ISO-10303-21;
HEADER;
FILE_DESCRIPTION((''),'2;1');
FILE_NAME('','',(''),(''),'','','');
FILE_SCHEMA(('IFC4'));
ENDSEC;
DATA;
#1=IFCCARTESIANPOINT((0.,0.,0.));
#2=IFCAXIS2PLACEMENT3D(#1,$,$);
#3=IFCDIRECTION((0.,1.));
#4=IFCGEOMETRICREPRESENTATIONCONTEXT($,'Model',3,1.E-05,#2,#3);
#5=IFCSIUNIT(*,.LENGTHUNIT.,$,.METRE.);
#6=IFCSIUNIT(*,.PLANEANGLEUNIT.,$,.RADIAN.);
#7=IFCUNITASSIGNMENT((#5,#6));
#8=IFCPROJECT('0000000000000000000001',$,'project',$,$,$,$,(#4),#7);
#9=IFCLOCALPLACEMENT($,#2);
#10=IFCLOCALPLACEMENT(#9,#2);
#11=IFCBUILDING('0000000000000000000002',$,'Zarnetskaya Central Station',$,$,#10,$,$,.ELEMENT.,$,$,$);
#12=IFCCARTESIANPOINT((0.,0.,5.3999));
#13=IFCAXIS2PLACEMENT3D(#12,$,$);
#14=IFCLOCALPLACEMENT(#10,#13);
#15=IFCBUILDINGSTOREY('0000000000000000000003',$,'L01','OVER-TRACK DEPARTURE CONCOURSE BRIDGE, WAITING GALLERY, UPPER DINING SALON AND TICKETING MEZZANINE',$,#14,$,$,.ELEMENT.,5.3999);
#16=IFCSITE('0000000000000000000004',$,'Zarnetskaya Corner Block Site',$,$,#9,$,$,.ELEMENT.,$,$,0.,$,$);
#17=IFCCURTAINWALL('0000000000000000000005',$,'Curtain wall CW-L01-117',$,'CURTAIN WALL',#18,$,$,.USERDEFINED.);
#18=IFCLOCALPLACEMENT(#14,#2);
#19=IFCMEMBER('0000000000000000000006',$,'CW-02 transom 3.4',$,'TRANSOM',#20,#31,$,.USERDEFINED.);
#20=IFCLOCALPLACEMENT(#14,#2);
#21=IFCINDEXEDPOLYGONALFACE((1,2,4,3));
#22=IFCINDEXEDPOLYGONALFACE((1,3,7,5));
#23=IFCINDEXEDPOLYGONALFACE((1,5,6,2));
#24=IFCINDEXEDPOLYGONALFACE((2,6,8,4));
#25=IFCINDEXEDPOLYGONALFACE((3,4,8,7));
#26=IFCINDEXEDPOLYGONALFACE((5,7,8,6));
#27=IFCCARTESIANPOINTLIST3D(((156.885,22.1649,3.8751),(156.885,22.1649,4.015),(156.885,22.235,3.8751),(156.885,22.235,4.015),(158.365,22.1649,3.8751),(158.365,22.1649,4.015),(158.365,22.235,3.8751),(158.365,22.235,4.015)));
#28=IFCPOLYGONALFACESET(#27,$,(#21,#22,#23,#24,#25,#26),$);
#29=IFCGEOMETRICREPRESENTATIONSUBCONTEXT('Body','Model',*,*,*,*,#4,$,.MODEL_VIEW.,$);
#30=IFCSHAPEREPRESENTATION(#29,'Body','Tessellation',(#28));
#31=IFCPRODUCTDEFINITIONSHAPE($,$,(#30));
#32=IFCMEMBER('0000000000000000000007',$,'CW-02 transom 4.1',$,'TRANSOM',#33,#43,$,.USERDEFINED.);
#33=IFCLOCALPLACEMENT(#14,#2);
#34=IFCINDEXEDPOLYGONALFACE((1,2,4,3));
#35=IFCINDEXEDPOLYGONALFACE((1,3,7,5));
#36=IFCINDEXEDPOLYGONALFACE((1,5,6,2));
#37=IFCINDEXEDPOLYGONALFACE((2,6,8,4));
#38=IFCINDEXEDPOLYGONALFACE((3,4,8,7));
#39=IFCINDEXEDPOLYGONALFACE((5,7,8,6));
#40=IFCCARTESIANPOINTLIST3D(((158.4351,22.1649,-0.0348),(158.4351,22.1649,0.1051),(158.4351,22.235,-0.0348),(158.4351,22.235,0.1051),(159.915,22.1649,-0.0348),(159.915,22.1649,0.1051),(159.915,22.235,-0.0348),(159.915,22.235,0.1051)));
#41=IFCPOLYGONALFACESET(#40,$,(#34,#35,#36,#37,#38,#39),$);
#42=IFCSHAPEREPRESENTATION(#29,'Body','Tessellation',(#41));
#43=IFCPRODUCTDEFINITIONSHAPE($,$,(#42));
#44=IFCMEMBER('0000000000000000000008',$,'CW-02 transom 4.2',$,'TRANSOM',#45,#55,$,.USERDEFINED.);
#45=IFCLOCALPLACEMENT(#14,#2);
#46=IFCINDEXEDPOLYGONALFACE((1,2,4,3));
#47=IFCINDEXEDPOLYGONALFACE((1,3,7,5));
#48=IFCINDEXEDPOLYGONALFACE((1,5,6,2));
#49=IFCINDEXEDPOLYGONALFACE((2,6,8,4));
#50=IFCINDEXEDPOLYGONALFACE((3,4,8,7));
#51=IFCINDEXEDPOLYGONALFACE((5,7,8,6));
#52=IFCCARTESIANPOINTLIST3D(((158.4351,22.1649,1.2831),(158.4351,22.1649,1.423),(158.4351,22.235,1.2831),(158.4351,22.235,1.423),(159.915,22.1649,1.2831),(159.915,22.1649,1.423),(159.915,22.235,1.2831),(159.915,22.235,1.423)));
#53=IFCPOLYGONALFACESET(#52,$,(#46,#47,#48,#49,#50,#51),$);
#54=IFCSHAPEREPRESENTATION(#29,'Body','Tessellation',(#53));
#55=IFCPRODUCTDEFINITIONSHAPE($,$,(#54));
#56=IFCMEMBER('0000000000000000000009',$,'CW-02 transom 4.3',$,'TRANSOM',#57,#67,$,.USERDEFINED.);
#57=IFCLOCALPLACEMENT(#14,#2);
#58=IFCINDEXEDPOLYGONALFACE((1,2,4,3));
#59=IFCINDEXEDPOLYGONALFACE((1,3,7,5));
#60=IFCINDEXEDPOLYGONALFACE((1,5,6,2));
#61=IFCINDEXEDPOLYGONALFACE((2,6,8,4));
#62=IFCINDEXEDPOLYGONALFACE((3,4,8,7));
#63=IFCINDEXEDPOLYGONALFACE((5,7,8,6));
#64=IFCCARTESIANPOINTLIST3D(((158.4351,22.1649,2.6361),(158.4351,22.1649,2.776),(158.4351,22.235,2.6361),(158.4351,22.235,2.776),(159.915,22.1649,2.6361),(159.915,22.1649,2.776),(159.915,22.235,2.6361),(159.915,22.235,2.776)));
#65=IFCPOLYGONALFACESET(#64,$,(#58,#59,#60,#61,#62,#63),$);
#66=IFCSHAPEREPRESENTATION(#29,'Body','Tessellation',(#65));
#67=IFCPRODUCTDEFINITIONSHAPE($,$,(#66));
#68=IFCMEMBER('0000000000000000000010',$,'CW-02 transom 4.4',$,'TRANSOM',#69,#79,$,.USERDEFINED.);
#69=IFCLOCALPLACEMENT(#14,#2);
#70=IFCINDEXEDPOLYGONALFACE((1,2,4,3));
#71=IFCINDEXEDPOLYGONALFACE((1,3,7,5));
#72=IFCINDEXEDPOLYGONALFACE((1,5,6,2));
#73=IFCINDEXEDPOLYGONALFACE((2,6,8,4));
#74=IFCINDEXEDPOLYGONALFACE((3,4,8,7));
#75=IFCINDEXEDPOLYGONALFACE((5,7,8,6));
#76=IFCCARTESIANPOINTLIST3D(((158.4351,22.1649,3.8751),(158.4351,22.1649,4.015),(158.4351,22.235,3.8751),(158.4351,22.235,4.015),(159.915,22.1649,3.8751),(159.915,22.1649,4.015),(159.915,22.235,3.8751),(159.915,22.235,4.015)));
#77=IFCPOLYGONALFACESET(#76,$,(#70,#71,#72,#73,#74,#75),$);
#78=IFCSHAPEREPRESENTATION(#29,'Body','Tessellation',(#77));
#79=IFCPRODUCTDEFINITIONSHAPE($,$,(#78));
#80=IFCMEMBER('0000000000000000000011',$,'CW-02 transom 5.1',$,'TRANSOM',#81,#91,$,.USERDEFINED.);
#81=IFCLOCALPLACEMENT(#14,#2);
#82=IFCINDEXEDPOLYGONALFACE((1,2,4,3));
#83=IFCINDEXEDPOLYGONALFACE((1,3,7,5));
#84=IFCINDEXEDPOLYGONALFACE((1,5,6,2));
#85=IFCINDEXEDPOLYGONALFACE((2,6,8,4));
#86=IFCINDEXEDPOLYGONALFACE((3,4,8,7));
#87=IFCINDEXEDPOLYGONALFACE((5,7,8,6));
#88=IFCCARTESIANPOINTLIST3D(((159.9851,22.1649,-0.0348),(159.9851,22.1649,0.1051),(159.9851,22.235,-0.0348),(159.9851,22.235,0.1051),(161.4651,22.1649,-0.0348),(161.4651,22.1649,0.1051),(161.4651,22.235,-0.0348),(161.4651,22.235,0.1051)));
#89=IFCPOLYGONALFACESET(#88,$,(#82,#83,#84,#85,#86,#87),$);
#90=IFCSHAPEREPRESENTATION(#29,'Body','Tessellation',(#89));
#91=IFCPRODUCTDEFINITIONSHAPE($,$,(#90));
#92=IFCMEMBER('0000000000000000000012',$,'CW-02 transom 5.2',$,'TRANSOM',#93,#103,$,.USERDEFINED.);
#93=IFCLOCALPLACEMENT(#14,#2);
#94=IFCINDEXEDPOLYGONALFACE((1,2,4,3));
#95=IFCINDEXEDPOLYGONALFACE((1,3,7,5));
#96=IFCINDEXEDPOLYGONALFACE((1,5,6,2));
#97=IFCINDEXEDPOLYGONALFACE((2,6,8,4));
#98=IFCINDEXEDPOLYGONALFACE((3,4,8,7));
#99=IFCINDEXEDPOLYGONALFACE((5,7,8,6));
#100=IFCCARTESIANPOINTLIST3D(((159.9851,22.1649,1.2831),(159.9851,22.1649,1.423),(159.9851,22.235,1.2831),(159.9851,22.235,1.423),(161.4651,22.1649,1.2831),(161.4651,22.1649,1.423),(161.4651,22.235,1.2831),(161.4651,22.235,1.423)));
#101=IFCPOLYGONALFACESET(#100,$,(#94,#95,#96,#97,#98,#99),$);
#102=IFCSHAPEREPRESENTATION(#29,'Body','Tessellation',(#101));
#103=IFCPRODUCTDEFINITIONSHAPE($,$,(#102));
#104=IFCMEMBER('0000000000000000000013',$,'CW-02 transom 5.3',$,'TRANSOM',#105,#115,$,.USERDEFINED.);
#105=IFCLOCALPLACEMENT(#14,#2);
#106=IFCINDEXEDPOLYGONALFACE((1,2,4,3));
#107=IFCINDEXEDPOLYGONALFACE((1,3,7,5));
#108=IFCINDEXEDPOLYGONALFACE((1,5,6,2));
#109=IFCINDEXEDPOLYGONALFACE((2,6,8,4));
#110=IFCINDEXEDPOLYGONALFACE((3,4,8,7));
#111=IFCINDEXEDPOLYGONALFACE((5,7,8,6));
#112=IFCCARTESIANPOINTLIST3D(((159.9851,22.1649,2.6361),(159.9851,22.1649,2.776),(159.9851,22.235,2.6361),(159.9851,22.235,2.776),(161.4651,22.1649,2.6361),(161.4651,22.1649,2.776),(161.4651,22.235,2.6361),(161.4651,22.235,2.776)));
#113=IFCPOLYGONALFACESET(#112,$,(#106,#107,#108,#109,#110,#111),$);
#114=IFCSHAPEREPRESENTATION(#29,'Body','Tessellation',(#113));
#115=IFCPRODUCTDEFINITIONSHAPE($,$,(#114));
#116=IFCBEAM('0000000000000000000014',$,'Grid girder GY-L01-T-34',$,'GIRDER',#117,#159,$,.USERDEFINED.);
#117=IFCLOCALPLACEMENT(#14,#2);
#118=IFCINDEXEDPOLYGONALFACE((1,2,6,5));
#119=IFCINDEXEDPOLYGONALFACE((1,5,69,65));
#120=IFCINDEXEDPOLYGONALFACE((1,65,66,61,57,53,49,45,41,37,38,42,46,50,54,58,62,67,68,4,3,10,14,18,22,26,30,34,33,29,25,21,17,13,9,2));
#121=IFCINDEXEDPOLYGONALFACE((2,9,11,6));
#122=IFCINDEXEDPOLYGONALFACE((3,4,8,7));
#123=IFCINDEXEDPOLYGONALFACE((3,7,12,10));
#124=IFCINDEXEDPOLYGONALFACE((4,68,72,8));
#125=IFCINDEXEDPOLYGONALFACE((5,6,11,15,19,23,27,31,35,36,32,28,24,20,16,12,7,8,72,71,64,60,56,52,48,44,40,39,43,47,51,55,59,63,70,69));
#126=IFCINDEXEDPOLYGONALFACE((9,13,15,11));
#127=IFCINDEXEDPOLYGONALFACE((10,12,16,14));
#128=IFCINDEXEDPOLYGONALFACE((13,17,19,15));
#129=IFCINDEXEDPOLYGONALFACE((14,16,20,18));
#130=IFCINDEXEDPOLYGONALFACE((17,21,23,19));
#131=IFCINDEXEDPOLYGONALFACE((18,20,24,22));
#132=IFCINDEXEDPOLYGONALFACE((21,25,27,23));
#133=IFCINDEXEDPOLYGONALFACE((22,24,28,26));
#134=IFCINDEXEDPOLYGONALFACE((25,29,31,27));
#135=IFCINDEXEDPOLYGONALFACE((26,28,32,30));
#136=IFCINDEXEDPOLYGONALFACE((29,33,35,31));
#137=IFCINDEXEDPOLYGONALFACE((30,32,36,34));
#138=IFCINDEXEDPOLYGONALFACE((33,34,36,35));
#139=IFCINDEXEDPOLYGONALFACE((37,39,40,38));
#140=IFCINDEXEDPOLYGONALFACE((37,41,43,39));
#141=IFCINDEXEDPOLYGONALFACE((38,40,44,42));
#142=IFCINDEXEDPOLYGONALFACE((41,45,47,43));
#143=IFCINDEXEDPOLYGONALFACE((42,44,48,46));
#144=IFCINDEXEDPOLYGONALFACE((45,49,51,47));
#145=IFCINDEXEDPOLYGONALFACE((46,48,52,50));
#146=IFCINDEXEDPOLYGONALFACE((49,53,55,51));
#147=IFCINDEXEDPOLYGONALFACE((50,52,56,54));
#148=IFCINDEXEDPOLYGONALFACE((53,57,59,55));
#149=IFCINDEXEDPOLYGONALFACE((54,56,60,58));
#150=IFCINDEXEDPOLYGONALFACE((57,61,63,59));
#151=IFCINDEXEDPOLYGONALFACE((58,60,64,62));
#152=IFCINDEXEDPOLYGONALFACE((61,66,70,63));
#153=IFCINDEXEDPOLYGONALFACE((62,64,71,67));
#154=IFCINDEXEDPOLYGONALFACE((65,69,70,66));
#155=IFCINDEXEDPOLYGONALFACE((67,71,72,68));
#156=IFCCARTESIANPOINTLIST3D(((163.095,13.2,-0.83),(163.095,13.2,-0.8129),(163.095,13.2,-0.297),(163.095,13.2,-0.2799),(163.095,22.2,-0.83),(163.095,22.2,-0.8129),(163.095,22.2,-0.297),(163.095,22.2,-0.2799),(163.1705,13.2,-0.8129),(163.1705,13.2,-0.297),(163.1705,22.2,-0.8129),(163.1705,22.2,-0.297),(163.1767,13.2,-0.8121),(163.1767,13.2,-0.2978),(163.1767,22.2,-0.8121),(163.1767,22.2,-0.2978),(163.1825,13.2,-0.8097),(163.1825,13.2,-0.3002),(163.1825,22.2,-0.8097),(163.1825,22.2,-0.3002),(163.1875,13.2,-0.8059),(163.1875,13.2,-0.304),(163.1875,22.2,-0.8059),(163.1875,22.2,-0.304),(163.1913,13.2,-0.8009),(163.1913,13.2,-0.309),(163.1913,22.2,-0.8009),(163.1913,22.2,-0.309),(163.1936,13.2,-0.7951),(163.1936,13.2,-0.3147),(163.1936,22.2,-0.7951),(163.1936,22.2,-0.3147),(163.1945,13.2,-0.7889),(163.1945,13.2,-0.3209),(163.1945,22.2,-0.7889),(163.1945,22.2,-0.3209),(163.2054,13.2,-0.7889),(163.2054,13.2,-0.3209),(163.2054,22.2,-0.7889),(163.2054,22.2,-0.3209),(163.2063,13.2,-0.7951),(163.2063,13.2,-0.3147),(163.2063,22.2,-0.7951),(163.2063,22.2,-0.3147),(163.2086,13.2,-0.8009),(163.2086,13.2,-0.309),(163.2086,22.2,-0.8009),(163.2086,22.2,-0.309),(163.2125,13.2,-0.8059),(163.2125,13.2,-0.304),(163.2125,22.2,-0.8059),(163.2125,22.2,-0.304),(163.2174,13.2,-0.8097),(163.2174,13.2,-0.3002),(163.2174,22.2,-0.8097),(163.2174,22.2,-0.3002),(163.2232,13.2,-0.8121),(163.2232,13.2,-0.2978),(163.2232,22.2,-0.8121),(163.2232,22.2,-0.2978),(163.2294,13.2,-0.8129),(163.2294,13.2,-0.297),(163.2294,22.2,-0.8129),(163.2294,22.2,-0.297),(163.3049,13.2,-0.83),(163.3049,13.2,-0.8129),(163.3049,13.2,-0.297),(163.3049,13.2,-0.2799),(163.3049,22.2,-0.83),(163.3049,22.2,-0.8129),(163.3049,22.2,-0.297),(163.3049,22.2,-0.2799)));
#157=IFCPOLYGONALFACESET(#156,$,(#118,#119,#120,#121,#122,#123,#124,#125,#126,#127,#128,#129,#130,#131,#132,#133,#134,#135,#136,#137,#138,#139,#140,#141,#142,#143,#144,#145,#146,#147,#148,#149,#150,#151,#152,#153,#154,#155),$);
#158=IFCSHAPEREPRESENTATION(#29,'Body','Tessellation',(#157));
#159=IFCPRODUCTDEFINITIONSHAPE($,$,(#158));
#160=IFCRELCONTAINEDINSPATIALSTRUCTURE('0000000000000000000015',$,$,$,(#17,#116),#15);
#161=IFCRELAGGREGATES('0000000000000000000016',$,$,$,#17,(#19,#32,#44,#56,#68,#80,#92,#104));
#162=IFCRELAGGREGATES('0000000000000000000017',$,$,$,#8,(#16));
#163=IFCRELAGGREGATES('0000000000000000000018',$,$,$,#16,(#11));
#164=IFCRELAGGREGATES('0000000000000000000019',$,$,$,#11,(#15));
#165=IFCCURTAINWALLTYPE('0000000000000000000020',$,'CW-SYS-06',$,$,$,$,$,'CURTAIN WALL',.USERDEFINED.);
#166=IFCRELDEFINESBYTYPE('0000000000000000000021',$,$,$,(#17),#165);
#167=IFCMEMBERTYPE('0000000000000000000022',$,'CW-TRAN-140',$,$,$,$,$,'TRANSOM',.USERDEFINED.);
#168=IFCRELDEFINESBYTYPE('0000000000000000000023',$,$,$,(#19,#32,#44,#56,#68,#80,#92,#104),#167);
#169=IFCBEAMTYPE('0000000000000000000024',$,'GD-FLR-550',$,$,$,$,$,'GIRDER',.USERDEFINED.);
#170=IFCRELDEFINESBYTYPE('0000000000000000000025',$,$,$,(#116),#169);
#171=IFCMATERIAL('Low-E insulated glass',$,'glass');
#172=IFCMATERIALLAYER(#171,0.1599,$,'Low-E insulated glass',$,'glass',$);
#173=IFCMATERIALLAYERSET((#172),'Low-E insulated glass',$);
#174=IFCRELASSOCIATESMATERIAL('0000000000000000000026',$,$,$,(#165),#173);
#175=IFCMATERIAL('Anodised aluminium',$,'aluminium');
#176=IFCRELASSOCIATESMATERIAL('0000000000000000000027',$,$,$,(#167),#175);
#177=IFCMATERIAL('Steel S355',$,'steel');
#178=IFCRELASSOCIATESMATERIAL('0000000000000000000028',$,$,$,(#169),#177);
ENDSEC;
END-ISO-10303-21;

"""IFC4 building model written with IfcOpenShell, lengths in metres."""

from ifc_helpers import new_model, si_unit, direction, frame, origin, origin_2d, place, context, subcontext, project, spatial, rectangle, i_section, extrude, material, layer, layer_set, material_profile, profile_set, type_object, element, aggregate, save


model = new_model("IFC4")

# Units and contexts
model_context = context("Model", 3, precision=1e-05, world=origin(), true_north=direction((0.0, 1.0)))
body_context = subcontext(model_context, "Body", "Model", "MODEL_VIEW")
ifc_project = project(units=[si_unit("LENGTHUNIT", "METRE"), si_unit("PLANEANGLEUNIT", "RADIAN")], contexts=[model_context])

# Site, building, storey
site_placement = place(None, origin())
site = spatial("IfcSite", under=ifc_project, at=site_placement, Name="Zarnetskaya Corner Block Site", CompositionType="ELEMENT", RefElevation=0.0)
building_placement = place(site_placement, origin())
building = spatial("IfcBuilding", under=site, at=building_placement, Name="Zarnetskaya Central Station", CompositionType="ELEMENT")
storey_placement = place(building_placement, frame((0.0, 0.0, 5.3999)))
storey = spatial("IfcBuildingStorey", under=building, at=storey_placement, Name="L01", Description="OVER-TRACK DEPARTURE CONCOURSE BRIDGE, WAITING GALLERY, UPPER DINING SALON AND TICKETING MEZZANINE", CompositionType="ELEMENT", Elevation=5.3999)

# Shared definitions
ifc_material_1 = material(Name="Steel S355", Category="steel")

# Curtain wall, members
ifc_material_2 = material(Name="Low-E insulated glass", Category="glass")
ifc_layer_1 = layer(ifc_material_2, 0.1599, Name="Low-E insulated glass", Category="glass")
ifc_layer_set_1 = layer_set([ifc_layer_1], Name="Low-E insulated glass")
curtain_wall_type = type_object("IfcCurtainWallType", Name="CW-SYS-06", ElementType="CURTAIN WALL", PredefinedType="USERDEFINED", material=ifc_layer_set_1)
curtain_wall_placement = place(storey_placement, origin())
curtain_wall = element("IfcCurtainWall", 1, at=curtain_wall_placement, inside=storey, type_object=curtain_wall_type, Name="Curtain wall CW-L01-117", ObjectType="CURTAIN WALL", PredefinedType="USERDEFINED")
ifc_material_3 = material(Name="Anodised aluminium", Category="aluminium")
ifc_material_profile_1 = material_profile(ifc_material_3, rectangle(XDim=0.0701, YDim=0.1399, at=origin_2d()), Name="ALU TRAN 70x140")
ifc_profile_set_1 = profile_set([ifc_material_profile_1], Name="Anodised aluminium")
member_type_1 = type_object("IfcMemberType", Name="CW-TRAN-140", ElementType="TRANSOM", PredefinedType="USERDEFINED", material=ifc_profile_set_1)
member_1_placement = place(storey_placement, frame((156.885, 22.2, 3.9451), z_axis=(1.0, 0.0, 0.0), x_axis=(0.0, 1.0, 0.0)))
member_1 = element("IfcMember", 2, at=member_1_placement, type_object=member_type_1, Name="CW-02 transom 3.4", ObjectType="TRANSOM", PredefinedType="USERDEFINED", context=body_context, shape_type="SweptSolid", body=[
    extrude(rectangle(XDim=0.0701, YDim=0.1399, at=origin_2d()), origin(), (0.0, 0.0, 1.0), 1.48),
])
member_2_placement = place(storey_placement, frame((158.4351, 22.2, 0.0352), z_axis=(1.0, 0.0, 0.0), x_axis=(0.0, 1.0, 0.0)))
member_2 = element("IfcMember", 3, at=member_2_placement, type_object=member_type_1, Name="CW-02 transom 4.1", ObjectType="TRANSOM", PredefinedType="USERDEFINED", context=body_context, shape_type="SweptSolid", body=[
    extrude(rectangle(XDim=0.0701, YDim=0.1399, at=origin_2d()), origin(), (0.0, 0.0, 1.0), 1.48),
])
member_3_placement = place(storey_placement, frame((158.4351, 22.2, 1.353), z_axis=(1.0, 0.0, 0.0), x_axis=(0.0, 1.0, 0.0)))
member_3 = element("IfcMember", 4, at=member_3_placement, type_object=member_type_1, Name="CW-02 transom 4.2", ObjectType="TRANSOM", PredefinedType="USERDEFINED", context=body_context, shape_type="SweptSolid", body=[
    extrude(rectangle(XDim=0.0701, YDim=0.1399, at=origin_2d()), origin(), (0.0, 0.0, 1.0), 1.48),
])
member_4_placement = place(storey_placement, frame((158.4351, 22.2, 2.7061), z_axis=(1.0, 0.0, 0.0), x_axis=(0.0, 1.0, 0.0)))
member_4 = element("IfcMember", 5, at=member_4_placement, type_object=member_type_1, Name="CW-02 transom 4.3", ObjectType="TRANSOM", PredefinedType="USERDEFINED", context=body_context, shape_type="SweptSolid", body=[
    extrude(rectangle(XDim=0.0701, YDim=0.1399, at=origin_2d()), origin(), (0.0, 0.0, 1.0), 1.48),
])
member_5_placement = place(storey_placement, frame((158.4351, 22.2, 3.9451), z_axis=(1.0, 0.0, 0.0), x_axis=(0.0, 1.0, 0.0)))
member_5 = element("IfcMember", 6, at=member_5_placement, type_object=member_type_1, Name="CW-02 transom 4.4", ObjectType="TRANSOM", PredefinedType="USERDEFINED", context=body_context, shape_type="SweptSolid", body=[
    extrude(rectangle(XDim=0.0701, YDim=0.1399, at=origin_2d()), origin(), (0.0, 0.0, 1.0), 1.48),
])
member_6_placement = place(storey_placement, frame((159.9851, 22.2, 0.0352), z_axis=(1.0, 0.0, 0.0), x_axis=(0.0, 1.0, 0.0)))
member_6 = element("IfcMember", 7, at=member_6_placement, type_object=member_type_1, Name="CW-02 transom 5.1", ObjectType="TRANSOM", PredefinedType="USERDEFINED", context=body_context, shape_type="SweptSolid", body=[
    extrude(rectangle(XDim=0.0701, YDim=0.1399, at=origin_2d()), origin(), (0.0, 0.0, 1.0), 1.48),
])
member_7_placement = place(storey_placement, frame((159.9851, 22.2, 1.353), z_axis=(1.0, 0.0, 0.0), x_axis=(0.0, 1.0, 0.0)))
member_7 = element("IfcMember", 8, at=member_7_placement, type_object=member_type_1, Name="CW-02 transom 5.2", ObjectType="TRANSOM", PredefinedType="USERDEFINED", context=body_context, shape_type="SweptSolid", body=[
    extrude(rectangle(XDim=0.0701, YDim=0.1399, at=origin_2d()), origin(), (0.0, 0.0, 1.0), 1.48),
])
member_8_placement = place(storey_placement, frame((159.9851, 22.2, 2.7061), z_axis=(1.0, 0.0, 0.0), x_axis=(0.0, 1.0, 0.0)))
member_8 = element("IfcMember", 9, at=member_8_placement, type_object=member_type_1, Name="CW-02 transom 5.3", ObjectType="TRANSOM", PredefinedType="USERDEFINED", context=body_context, shape_type="SweptSolid", body=[
    extrude(rectangle(XDim=0.0701, YDim=0.1399, at=origin_2d()), origin(), (0.0, 0.0, 1.0), 1.48),
])

# Beam
ifc_material_profile_2 = material_profile(ifc_material_1, i_section(OverallWidth=0.21, OverallDepth=0.55, WebThickness=0.011, FlangeThickness=0.0171, FilletRadius=0.0239, at=origin_2d()), Name="IPE 550")
ifc_profile_set_2 = profile_set([ifc_material_profile_2], Name="Steel S355")
beam_type_1 = type_object("IfcBeamType", Name="GD-FLR-550", ElementType="GIRDER", PredefinedType="USERDEFINED", material=ifc_profile_set_2)
beam_1_placement = place(storey_placement, frame((163.2, 13.2, -0.5549), z_axis=(0.0, 1.0, 0.0), x_axis=(-1.0, 0.0, 0.0)))
element("IfcBeam", 10, at=beam_1_placement, inside=storey, type_object=beam_type_1, Name="Grid girder GY-L01-T-34", ObjectType="GIRDER", PredefinedType="USERDEFINED", context=body_context, shape_type="SweptSolid", body=[
    extrude(i_section(OverallWidth=0.21, OverallDepth=0.55, WebThickness=0.011, FlangeThickness=0.0171, FilletRadius=0.0239, at=origin_2d()), origin(), (0.0, 0.0, 1.0), 9.0),
])

aggregate(curtain_wall, [member_1, member_2, member_3, member_4, member_5, member_6, member_7, member_8])

save(model, "model.ifc")
